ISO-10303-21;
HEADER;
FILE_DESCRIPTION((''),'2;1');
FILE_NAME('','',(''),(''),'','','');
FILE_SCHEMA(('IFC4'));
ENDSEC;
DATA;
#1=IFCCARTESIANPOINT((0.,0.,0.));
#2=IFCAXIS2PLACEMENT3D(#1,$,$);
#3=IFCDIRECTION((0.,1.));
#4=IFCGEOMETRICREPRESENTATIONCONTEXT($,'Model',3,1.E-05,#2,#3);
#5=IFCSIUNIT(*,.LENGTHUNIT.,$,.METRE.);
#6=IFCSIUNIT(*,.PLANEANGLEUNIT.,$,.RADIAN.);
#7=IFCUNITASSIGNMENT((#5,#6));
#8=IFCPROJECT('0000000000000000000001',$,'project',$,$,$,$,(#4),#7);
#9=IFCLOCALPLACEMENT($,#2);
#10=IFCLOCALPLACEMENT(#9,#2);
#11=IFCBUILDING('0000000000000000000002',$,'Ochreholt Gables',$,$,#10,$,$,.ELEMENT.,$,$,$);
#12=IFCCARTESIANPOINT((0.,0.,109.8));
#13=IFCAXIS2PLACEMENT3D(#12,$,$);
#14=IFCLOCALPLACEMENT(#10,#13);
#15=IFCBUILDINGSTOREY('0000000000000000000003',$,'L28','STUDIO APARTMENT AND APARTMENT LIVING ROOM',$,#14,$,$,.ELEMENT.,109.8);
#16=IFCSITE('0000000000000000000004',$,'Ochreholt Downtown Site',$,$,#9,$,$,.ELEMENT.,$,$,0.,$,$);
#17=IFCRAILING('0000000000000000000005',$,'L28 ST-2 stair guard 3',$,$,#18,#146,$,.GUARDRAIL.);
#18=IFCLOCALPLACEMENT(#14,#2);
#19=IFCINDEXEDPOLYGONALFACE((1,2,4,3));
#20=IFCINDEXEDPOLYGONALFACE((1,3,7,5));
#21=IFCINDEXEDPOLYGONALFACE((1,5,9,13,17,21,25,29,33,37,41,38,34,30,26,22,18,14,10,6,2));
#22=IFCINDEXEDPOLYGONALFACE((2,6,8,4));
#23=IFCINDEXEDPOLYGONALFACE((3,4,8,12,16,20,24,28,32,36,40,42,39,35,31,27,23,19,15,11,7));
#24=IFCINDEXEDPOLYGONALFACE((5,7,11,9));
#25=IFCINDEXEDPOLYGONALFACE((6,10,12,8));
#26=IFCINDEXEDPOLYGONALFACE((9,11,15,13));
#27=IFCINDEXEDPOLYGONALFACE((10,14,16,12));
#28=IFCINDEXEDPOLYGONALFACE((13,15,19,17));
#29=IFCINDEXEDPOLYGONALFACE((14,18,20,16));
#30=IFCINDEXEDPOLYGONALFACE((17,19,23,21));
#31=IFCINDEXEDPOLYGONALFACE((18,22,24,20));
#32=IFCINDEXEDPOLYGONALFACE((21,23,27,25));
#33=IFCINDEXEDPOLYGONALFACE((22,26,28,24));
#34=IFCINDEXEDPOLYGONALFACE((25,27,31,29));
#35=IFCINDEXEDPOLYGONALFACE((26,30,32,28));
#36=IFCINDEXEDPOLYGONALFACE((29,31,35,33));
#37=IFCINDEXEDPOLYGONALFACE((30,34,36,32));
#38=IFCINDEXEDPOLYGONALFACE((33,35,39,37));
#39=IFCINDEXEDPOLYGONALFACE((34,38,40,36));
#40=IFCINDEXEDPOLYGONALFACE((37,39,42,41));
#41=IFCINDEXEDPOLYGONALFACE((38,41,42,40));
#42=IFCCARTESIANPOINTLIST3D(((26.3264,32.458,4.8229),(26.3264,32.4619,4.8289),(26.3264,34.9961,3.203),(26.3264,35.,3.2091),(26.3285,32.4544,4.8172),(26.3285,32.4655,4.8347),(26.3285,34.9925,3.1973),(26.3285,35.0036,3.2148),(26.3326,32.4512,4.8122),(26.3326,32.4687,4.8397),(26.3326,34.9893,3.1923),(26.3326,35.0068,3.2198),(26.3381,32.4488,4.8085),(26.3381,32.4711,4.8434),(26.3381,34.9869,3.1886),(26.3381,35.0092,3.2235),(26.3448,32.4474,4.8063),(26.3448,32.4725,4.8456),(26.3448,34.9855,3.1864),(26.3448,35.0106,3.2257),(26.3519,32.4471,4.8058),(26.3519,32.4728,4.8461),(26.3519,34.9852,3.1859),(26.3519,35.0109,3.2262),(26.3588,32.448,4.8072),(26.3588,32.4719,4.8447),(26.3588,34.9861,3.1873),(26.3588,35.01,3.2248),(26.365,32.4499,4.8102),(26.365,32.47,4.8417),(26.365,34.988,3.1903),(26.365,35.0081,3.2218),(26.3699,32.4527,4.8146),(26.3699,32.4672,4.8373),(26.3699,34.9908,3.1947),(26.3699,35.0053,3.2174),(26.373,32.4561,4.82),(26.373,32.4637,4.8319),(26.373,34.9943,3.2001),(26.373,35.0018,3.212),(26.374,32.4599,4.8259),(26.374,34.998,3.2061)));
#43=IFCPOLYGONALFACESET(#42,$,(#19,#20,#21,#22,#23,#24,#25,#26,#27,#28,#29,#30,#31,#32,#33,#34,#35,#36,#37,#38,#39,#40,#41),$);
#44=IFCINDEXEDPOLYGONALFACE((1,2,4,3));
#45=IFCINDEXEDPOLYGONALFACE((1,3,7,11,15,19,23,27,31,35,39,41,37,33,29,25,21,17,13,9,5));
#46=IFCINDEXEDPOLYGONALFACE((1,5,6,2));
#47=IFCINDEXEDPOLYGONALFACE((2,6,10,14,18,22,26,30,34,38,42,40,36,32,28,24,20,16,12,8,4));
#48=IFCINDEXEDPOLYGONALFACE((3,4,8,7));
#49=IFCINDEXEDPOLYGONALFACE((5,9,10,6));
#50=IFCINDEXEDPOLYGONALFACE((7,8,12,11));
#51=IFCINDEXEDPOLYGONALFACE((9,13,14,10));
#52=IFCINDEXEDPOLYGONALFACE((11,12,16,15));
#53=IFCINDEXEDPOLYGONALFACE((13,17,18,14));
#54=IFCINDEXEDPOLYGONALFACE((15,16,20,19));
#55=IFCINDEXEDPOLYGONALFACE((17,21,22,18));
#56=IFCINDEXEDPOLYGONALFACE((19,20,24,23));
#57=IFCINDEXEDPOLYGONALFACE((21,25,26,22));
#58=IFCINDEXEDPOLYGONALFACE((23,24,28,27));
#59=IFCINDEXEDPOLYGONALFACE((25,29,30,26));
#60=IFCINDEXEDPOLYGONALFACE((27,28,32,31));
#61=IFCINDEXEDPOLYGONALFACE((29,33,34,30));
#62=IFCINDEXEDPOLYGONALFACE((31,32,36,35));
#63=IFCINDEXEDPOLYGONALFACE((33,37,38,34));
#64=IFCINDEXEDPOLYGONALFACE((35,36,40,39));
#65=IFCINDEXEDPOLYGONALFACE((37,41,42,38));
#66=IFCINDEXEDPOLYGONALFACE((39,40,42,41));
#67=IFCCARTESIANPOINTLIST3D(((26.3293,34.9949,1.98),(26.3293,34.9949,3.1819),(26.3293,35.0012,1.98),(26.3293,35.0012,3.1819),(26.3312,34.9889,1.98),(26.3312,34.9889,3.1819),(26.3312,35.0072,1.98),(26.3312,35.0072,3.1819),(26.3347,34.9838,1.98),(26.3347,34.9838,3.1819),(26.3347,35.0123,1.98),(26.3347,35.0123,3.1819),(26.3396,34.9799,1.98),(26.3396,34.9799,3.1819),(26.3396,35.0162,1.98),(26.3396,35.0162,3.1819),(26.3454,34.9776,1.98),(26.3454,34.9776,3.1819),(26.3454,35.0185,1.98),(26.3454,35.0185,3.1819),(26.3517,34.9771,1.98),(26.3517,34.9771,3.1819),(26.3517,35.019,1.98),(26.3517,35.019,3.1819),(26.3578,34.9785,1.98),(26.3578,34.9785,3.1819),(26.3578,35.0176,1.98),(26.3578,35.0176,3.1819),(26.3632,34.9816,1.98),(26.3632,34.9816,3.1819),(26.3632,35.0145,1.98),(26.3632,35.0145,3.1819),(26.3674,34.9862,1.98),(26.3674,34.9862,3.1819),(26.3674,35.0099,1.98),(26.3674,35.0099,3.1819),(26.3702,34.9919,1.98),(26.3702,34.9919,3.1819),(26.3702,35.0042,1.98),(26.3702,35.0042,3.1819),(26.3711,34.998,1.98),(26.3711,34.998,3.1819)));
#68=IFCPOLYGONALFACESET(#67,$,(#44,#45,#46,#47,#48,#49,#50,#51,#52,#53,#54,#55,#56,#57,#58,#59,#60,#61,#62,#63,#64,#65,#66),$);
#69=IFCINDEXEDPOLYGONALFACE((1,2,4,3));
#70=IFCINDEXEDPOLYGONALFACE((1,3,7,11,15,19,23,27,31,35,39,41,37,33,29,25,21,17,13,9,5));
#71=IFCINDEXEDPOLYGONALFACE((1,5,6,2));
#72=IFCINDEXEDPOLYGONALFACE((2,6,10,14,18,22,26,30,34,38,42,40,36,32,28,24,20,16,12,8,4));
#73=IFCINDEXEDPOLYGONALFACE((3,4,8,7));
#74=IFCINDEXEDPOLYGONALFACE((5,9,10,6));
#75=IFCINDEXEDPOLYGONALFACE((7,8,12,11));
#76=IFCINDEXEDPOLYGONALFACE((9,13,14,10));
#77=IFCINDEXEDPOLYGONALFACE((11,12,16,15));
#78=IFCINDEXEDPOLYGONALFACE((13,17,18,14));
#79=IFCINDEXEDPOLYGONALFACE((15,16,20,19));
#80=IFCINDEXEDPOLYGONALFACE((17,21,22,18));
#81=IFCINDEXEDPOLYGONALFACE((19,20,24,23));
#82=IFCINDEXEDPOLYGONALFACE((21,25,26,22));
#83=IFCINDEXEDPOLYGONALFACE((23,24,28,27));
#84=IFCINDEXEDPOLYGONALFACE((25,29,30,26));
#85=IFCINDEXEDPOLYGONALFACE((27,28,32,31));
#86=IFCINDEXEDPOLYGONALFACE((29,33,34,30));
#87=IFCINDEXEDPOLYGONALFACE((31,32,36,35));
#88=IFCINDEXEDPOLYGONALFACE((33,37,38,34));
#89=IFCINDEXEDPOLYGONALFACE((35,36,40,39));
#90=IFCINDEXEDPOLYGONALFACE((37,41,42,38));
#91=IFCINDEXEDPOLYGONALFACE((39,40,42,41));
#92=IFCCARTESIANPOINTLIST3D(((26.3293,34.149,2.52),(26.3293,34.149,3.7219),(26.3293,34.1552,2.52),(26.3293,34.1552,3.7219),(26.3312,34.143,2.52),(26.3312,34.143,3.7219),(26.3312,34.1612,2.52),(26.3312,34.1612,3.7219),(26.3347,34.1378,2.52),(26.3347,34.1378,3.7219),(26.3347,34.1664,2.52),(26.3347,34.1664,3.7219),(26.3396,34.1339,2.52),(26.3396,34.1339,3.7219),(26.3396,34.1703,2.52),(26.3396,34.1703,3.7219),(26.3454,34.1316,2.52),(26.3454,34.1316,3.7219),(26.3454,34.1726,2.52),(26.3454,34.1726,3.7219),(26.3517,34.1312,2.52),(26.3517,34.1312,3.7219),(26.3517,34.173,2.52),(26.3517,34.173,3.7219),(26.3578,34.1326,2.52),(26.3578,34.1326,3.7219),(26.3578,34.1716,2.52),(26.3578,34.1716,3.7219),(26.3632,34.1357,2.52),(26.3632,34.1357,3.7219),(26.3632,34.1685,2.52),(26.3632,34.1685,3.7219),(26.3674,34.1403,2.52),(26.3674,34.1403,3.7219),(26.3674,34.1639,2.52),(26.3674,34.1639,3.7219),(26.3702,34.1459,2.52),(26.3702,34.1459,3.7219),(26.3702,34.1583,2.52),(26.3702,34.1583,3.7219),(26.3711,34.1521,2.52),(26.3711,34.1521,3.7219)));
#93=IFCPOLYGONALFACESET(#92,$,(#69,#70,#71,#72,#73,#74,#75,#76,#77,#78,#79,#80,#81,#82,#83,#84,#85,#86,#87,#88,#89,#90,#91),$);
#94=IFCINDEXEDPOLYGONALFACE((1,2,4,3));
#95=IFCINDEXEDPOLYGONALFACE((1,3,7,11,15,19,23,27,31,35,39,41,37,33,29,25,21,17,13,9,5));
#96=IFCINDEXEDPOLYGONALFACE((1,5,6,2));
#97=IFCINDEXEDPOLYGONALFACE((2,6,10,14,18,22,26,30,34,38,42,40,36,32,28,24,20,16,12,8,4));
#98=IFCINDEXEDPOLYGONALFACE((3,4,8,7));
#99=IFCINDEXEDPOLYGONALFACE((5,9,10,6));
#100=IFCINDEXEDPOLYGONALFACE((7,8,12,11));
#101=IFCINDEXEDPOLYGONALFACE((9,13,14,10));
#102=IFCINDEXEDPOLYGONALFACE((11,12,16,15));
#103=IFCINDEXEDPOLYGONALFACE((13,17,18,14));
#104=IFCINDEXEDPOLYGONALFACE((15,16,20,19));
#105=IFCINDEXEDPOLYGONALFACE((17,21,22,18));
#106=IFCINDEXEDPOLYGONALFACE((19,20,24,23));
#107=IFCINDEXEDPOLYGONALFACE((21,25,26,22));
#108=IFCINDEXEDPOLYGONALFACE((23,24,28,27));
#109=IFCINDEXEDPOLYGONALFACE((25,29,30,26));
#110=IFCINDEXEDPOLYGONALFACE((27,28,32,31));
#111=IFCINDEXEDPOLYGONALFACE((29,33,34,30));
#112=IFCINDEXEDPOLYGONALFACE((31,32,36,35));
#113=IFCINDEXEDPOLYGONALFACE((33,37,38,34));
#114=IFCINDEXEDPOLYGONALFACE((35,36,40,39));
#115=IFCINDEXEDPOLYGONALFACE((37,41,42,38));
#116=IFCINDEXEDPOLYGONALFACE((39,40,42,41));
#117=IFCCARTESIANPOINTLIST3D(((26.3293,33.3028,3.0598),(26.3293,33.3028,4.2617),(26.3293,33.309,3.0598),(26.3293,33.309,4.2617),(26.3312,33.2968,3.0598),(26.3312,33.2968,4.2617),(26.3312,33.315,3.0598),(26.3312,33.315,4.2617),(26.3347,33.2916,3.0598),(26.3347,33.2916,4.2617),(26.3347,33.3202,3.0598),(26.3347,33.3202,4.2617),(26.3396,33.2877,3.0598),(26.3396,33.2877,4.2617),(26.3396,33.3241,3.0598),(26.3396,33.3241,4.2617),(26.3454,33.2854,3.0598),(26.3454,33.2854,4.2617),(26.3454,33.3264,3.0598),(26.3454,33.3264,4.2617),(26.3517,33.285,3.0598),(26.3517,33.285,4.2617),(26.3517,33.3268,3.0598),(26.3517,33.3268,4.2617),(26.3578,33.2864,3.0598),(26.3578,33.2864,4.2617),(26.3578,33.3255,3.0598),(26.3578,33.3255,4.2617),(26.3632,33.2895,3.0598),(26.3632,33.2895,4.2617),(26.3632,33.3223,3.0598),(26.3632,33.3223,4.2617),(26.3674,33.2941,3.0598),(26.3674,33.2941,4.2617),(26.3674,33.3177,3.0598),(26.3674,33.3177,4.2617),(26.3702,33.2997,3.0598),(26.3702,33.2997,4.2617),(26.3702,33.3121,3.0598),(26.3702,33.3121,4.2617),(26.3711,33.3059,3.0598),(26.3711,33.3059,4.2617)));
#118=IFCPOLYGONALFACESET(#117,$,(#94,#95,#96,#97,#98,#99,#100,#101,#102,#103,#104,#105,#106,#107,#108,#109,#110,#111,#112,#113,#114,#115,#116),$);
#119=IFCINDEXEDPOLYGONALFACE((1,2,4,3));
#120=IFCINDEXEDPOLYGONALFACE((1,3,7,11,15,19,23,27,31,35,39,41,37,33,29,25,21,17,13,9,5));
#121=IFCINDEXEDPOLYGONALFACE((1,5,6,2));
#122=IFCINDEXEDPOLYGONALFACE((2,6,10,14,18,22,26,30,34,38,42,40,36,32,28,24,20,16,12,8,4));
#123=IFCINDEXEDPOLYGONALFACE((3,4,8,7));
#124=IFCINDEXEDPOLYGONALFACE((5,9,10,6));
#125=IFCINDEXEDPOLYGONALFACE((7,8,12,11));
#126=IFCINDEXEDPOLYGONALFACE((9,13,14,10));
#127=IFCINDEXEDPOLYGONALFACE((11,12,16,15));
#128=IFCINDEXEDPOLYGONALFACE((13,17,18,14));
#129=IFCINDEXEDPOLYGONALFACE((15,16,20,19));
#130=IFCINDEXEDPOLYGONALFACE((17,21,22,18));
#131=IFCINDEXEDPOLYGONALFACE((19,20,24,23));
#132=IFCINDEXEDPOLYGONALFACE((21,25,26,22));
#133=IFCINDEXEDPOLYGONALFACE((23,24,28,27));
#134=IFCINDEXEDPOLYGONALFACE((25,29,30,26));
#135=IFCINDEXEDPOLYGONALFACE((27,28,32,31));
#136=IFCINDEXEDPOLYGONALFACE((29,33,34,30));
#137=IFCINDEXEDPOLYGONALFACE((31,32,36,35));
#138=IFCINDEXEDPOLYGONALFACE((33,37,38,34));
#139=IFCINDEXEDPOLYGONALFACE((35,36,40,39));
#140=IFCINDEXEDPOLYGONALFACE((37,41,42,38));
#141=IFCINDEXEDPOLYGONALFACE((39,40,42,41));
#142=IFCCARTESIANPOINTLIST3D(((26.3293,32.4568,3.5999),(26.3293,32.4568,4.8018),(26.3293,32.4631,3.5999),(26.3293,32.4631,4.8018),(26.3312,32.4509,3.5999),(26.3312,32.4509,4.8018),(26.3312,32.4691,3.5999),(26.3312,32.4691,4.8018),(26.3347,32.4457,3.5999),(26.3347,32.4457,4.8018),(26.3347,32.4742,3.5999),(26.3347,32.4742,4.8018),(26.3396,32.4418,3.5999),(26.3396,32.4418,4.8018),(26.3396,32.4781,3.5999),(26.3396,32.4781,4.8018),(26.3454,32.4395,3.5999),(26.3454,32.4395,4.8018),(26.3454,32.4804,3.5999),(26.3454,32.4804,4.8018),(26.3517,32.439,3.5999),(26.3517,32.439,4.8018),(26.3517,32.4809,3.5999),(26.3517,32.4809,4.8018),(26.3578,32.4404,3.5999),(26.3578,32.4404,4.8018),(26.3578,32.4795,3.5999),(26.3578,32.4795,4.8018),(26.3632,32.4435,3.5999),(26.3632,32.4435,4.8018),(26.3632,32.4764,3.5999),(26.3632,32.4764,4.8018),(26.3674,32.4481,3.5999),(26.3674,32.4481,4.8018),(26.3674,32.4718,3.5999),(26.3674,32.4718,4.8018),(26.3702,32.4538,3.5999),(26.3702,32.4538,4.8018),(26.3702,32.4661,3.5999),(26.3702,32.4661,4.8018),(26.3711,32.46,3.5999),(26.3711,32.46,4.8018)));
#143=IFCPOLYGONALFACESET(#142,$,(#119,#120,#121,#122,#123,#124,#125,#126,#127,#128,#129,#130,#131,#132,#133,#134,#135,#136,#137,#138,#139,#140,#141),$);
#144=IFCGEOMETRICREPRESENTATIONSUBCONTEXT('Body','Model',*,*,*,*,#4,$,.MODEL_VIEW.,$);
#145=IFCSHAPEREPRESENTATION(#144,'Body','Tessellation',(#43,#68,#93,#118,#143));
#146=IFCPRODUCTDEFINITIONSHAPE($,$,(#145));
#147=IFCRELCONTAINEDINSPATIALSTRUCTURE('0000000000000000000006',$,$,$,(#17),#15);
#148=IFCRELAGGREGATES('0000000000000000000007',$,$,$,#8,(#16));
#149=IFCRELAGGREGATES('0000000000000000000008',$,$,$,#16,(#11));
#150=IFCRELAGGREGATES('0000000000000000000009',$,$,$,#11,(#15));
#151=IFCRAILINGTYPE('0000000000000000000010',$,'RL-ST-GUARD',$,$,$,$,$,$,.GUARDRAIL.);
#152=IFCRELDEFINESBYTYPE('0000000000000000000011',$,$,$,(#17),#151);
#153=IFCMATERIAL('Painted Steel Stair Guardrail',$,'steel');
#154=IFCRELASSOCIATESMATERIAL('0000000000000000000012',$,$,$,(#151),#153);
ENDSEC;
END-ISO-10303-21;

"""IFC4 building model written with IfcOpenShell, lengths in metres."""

from ifc_helpers import new_model, si_unit, direction, frame, origin, origin_2d, place, context, subcontext, project, spatial, circle, extrude, material, type_object, element, save


model = new_model("IFC4")

# Units and contexts
model_context = context("Model", 3, precision=1e-05, world=origin(), true_north=direction((0.0, 1.0)))
body_context = subcontext(model_context, "Body", "Model", "MODEL_VIEW")
ifc_project = project(units=[si_unit("LENGTHUNIT", "METRE"), si_unit("PLANEANGLEUNIT", "RADIAN")], contexts=[model_context])

# Site, building, storey
site_placement = place(None, origin())
site = spatial("IfcSite", under=ifc_project, at=site_placement, Name="Ochreholt Downtown Site", CompositionType="ELEMENT", RefElevation=0.0)
building_placement = place(site_placement, origin())
building = spatial("IfcBuilding", under=site, at=building_placement, Name="Ochreholt Gables", CompositionType="ELEMENT")
storey_placement = place(building_placement, frame((0.0, 0.0, 109.8)))
storey = spatial("IfcBuildingStorey", under=building, at=storey_placement, Name="L28", Description="STUDIO APARTMENT AND APARTMENT LIVING ROOM", CompositionType="ELEMENT", Elevation=109.8)

# Railing
ifc_material_1 = material(Name="Painted Steel Stair Guardrail", Category="steel")
railing_type_1 = type_object("IfcRailingType", Name="RL-ST-GUARD", PredefinedType="GUARDRAIL", material=ifc_material_1)
railing_1_placement = place(storey_placement, frame((26.3501, 34.998, 1.98)))
element("IfcRailing", 1, at=railing_1_placement, inside=storey, type_object=railing_type_1, Name="L28 ST-2 stair guard 3", PredefinedType="GUARDRAIL", context=body_context, shape_type="SweptSolid", body=[
    extrude(circle(Radius=0.0239, at=origin_2d()), frame((0.0, 0.0, 1.2261), z_axis=(0.0, -0.84295, 0.537993), x_axis=(1.0, 0.0, 0.0)), (0.0, 0.0, 1.0), 3.011),
    extrude(circle(Radius=0.021, at=origin_2d()), origin(), (0.0, 0.0, 1.0), 1.2019),
    extrude(circle(Radius=0.021, at=origin_2d()), frame((0.0, -0.8459, 0.54)), (0.0, 0.0, 1.0), 1.2019),
    extrude(circle(Radius=0.021, at=origin_2d()), frame((0.0, -1.6921, 1.0798)), (0.0, 0.0, 1.0), 1.2019),
    extrude(circle(Radius=0.021, at=origin_2d()), frame((0.0, -2.5381, 1.6199)), (0.0, 0.0, 1.0), 1.2019),
])

save(model, "model.ifc")
